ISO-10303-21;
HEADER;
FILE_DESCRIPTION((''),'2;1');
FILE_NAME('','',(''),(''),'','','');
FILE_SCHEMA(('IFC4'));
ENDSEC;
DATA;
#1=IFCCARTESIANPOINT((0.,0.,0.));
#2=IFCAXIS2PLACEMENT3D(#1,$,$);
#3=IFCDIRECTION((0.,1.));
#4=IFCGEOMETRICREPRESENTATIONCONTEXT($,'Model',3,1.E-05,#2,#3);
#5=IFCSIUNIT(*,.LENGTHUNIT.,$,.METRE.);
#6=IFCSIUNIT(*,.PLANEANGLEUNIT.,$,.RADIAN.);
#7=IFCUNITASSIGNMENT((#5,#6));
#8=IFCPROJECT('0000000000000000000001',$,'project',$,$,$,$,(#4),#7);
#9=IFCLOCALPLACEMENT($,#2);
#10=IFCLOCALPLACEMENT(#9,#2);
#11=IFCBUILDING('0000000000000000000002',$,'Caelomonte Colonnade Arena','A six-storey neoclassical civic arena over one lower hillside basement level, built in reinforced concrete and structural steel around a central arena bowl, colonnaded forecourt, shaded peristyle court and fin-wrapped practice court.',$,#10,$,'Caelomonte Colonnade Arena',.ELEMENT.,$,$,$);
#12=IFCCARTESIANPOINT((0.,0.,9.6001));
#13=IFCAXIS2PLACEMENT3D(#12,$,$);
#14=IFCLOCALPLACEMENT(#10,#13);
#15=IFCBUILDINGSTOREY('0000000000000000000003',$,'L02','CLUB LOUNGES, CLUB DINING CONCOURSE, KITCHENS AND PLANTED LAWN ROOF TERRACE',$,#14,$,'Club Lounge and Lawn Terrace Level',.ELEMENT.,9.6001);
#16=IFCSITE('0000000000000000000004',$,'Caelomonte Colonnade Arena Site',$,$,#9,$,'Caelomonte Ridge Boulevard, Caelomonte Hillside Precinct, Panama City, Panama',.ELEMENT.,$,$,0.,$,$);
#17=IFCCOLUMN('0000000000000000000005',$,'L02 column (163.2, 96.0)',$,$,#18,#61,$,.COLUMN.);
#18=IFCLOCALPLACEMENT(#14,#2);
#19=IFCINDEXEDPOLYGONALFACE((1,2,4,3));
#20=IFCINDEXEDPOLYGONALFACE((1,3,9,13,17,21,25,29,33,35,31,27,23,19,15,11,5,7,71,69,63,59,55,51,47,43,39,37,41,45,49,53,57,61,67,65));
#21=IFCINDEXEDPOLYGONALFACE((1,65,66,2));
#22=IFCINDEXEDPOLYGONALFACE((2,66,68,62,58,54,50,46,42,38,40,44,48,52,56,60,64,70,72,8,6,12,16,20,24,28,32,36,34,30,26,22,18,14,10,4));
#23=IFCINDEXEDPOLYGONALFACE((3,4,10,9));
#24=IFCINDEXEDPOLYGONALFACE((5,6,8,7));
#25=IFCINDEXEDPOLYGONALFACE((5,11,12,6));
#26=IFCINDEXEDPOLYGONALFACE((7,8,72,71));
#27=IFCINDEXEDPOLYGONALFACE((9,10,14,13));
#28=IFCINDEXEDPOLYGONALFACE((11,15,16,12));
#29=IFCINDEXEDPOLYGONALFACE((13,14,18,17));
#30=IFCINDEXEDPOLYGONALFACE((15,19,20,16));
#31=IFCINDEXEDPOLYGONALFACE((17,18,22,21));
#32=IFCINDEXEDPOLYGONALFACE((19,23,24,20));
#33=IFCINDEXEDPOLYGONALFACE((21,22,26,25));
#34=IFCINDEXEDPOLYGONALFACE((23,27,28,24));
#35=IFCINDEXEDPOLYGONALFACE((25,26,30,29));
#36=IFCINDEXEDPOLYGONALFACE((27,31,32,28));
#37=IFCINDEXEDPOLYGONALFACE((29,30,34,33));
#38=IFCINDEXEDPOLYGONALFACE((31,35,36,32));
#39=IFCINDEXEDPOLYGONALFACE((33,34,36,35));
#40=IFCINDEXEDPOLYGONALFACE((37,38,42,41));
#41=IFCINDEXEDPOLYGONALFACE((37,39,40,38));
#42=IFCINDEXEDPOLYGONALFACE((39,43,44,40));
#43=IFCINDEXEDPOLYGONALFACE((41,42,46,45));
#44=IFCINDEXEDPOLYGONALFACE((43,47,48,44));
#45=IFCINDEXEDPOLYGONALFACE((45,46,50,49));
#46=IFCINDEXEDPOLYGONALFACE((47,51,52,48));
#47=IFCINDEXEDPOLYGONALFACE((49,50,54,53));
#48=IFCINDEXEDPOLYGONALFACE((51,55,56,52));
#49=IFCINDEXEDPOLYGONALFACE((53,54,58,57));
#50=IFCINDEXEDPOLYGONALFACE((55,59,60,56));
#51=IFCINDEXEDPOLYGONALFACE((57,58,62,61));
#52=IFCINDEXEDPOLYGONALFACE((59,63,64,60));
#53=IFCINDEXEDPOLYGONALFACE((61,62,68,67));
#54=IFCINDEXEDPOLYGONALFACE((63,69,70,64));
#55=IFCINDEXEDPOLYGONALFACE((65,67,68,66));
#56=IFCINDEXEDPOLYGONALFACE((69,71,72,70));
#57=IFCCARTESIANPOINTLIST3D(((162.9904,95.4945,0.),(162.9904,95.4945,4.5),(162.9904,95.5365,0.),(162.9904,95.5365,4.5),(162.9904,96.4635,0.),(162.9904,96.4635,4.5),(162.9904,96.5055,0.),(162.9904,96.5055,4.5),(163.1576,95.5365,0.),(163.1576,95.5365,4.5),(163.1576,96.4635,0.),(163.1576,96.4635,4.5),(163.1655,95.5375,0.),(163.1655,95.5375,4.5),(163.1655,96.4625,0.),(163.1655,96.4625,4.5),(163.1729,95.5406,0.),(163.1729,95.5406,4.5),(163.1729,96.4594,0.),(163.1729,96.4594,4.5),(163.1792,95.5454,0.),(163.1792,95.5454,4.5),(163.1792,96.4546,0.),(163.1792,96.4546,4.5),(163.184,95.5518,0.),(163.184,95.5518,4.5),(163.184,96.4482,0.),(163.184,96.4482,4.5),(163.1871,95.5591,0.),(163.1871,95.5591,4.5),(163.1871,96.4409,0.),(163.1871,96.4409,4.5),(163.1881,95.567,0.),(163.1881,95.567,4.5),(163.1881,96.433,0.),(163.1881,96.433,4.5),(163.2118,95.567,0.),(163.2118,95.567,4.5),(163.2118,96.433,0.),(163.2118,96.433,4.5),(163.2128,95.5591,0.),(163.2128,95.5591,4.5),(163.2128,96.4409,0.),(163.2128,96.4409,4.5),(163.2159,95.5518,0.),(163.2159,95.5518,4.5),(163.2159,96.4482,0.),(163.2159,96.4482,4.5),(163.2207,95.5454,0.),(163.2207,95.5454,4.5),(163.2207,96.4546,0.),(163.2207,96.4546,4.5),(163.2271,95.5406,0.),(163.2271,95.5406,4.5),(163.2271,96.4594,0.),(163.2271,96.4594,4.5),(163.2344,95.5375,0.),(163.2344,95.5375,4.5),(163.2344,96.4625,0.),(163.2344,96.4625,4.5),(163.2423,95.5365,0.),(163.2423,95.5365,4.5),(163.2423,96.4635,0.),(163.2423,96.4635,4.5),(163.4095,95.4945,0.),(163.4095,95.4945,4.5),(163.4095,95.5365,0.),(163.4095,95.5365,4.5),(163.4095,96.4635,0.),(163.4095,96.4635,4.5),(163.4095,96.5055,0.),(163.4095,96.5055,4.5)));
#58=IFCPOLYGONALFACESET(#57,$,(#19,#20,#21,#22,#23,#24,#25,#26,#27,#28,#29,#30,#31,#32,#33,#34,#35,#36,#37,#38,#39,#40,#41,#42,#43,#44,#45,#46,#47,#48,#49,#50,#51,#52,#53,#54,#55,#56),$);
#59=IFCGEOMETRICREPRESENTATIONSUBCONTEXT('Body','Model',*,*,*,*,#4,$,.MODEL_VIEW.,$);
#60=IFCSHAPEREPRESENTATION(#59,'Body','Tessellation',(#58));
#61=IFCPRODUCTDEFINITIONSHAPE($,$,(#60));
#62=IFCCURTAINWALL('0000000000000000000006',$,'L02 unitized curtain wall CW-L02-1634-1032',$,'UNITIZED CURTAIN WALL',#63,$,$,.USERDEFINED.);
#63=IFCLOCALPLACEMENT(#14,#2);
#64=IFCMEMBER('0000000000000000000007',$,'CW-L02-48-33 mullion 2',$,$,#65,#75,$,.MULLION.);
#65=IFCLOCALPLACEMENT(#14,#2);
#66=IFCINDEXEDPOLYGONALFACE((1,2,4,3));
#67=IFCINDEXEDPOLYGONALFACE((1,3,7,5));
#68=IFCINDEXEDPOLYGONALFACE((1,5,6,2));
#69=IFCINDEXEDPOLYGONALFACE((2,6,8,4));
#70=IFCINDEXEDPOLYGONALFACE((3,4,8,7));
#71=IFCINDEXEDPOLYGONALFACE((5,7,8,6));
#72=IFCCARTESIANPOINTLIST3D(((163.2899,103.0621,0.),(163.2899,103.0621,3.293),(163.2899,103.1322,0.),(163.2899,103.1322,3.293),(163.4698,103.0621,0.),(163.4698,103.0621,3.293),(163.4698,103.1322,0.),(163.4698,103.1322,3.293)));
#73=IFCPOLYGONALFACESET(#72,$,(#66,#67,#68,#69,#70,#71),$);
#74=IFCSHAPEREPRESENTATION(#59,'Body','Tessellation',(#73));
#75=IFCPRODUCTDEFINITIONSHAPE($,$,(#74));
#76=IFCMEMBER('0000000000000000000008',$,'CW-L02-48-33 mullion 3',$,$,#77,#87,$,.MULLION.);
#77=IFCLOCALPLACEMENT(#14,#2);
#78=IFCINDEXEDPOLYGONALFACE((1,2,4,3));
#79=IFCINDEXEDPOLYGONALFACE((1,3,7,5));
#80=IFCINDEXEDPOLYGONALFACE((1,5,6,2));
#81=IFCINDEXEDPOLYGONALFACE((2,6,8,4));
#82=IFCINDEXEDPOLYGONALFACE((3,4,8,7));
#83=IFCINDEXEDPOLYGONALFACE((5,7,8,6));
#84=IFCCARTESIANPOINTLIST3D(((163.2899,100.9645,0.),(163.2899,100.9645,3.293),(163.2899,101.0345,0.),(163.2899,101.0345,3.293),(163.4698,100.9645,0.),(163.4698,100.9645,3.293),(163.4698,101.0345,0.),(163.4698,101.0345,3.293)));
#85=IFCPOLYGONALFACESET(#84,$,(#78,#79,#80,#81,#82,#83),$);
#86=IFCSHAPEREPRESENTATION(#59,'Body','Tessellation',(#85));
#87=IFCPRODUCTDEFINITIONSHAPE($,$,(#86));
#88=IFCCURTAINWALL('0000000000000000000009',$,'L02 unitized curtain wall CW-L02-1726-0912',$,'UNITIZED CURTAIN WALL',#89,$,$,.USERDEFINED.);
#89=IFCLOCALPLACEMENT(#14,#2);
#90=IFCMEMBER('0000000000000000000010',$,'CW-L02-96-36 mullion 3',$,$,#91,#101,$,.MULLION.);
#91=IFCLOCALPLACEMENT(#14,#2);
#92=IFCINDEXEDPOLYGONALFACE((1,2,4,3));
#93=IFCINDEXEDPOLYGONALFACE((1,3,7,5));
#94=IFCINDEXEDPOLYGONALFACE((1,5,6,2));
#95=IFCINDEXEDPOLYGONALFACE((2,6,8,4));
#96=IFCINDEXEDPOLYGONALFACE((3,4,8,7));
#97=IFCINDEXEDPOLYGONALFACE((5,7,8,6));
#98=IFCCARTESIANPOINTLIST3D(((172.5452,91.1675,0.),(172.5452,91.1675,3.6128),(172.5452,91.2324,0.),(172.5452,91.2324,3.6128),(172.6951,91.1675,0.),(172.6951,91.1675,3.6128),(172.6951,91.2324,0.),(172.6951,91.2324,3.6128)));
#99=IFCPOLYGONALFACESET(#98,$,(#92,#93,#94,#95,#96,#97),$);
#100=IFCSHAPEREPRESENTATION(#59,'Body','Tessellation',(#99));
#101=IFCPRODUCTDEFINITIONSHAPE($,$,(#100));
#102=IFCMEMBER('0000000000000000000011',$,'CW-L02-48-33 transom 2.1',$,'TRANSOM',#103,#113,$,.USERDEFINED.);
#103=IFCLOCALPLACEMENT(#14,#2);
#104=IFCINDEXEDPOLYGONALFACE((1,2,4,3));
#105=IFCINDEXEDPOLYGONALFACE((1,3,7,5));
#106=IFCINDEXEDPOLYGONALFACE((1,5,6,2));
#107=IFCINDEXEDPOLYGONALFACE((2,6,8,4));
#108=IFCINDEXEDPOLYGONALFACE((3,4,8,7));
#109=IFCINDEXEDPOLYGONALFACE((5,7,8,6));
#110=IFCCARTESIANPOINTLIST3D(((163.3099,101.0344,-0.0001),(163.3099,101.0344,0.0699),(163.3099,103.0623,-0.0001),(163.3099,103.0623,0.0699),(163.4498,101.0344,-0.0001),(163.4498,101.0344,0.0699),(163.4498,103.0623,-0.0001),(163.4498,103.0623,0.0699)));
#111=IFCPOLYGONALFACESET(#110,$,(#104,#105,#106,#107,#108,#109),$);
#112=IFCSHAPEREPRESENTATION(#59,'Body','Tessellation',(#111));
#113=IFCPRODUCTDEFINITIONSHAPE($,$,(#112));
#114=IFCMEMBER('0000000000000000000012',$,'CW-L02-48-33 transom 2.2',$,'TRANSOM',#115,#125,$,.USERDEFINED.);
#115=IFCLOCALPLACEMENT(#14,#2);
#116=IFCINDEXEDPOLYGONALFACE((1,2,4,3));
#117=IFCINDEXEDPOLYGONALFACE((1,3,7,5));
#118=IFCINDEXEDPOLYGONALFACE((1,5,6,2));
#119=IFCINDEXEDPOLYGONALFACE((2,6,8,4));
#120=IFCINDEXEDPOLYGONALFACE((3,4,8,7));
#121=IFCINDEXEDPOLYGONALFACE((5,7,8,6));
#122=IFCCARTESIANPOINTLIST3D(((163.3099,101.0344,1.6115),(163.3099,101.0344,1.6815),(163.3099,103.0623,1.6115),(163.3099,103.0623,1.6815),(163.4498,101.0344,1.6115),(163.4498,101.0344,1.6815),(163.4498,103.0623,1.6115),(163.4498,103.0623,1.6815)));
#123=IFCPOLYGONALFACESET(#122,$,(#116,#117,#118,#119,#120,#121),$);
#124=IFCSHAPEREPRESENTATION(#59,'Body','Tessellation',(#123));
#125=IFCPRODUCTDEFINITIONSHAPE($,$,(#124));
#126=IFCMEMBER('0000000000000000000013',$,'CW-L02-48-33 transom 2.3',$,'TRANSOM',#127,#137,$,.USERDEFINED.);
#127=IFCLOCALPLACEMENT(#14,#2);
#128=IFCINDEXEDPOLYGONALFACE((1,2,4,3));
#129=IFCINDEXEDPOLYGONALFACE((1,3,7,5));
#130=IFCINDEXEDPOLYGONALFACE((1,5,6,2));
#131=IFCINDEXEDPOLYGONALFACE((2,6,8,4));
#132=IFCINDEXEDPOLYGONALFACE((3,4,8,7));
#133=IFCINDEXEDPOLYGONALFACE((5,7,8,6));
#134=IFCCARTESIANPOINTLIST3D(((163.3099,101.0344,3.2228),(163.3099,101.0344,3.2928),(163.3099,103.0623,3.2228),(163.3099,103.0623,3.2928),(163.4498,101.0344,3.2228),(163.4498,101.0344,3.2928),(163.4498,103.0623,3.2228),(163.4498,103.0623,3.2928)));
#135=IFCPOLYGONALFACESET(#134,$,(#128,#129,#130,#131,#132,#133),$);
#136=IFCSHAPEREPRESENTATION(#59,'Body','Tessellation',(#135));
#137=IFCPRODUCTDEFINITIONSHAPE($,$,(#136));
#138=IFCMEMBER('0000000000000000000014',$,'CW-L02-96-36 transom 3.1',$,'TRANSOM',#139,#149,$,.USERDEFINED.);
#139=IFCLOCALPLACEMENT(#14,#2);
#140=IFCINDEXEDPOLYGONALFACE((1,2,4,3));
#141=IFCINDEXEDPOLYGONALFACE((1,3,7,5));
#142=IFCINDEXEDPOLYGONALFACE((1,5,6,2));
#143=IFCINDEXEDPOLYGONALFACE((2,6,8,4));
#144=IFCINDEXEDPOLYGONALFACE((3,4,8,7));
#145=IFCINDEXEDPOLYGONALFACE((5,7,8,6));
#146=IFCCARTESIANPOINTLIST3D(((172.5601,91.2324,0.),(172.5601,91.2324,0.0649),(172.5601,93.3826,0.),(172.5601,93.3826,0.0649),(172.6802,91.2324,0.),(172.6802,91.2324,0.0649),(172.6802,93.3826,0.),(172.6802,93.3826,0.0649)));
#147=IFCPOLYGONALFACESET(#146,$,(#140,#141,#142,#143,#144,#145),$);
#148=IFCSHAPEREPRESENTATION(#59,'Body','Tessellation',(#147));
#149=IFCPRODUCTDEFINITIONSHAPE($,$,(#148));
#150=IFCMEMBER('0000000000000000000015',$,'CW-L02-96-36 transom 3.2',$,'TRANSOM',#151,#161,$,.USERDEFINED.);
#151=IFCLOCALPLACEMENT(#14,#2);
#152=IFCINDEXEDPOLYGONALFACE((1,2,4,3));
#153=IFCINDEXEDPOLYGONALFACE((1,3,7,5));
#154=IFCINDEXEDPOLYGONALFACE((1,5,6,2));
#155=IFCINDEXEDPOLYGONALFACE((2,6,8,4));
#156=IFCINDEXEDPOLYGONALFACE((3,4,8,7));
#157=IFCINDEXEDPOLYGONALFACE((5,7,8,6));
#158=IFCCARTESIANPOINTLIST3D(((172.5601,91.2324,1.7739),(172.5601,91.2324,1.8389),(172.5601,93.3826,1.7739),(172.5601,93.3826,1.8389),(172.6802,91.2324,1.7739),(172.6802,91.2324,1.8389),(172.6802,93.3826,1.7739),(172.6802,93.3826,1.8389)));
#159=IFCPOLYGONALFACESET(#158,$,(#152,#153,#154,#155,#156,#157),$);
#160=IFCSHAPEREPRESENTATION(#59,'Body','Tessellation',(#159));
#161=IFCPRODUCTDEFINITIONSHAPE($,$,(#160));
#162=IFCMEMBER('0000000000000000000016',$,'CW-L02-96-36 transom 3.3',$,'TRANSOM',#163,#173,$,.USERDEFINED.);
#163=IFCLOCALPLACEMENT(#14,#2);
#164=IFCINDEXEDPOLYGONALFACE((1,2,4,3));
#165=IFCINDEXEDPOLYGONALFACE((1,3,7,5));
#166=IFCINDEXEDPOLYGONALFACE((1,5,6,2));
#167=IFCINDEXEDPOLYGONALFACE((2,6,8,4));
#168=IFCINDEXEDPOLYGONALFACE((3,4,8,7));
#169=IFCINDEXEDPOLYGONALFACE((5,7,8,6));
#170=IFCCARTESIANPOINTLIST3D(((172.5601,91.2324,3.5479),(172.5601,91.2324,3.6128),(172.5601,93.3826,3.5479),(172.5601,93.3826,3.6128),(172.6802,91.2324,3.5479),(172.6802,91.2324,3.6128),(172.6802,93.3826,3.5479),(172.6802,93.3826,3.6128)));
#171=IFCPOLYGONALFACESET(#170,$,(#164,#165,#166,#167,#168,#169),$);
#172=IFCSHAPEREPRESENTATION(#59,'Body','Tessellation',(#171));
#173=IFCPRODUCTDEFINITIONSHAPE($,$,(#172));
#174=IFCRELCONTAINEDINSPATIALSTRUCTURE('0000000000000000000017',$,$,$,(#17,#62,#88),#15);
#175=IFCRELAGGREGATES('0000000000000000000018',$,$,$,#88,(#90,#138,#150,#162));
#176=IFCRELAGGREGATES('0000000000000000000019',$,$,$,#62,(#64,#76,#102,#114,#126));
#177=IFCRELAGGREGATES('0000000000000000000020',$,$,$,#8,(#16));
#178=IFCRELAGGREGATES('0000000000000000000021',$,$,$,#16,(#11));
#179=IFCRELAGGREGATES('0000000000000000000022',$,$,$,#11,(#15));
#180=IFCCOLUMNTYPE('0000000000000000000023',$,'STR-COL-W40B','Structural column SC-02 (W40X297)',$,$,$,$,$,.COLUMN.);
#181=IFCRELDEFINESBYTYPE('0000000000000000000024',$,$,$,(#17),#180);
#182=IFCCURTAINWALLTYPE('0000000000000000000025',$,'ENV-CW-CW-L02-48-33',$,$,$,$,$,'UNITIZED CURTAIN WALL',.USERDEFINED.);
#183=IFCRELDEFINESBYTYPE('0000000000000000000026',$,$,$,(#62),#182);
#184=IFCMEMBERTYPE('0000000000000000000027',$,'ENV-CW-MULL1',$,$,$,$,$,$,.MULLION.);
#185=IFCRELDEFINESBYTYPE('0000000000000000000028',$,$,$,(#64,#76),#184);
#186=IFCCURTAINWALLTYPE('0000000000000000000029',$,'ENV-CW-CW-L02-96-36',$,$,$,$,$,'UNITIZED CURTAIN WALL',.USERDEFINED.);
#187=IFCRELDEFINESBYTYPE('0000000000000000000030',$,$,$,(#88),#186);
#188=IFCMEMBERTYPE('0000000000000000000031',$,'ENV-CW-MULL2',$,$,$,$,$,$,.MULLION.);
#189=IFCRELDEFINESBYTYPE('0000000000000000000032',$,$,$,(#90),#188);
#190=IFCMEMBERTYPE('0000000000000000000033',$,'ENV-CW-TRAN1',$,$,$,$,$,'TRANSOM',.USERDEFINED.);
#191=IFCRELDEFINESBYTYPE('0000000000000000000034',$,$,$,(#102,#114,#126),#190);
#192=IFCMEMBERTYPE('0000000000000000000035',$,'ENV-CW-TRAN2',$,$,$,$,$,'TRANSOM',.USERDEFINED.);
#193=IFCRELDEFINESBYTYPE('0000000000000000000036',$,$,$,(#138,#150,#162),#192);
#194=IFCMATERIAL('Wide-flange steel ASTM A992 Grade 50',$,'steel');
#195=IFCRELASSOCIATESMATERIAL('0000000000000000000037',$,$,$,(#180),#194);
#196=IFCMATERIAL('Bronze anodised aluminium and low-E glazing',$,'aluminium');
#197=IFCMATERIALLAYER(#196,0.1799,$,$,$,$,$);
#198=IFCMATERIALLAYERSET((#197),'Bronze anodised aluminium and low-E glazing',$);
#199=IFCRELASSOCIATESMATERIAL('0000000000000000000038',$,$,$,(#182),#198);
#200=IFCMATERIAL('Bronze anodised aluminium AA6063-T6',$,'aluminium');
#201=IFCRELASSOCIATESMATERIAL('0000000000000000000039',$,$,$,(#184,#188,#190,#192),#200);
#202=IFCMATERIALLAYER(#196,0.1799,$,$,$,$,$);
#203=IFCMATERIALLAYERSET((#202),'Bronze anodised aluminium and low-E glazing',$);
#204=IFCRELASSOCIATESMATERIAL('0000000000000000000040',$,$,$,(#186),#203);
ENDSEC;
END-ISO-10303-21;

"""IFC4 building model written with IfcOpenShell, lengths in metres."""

from ifc_helpers import new_model, si_unit, direction, frame, origin, origin_2d, place, context, subcontext, project, spatial, rectangle, i_section, extrude, material, layer, layer_set, material_profile, profile_set, type_object, element, aggregate, save


model = new_model("IFC4")

# Units and contexts
model_context = context("Model", 3, precision=1e-05, world=origin(), true_north=direction((0.0, 1.0)))
body_context = subcontext(model_context, "Body", "Model", "MODEL_VIEW")
ifc_project = project(units=[si_unit("LENGTHUNIT", "METRE"), si_unit("PLANEANGLEUNIT", "RADIAN")], contexts=[model_context])

# Site, building, storey
site_placement = place(None, origin())
site = spatial("IfcSite", under=ifc_project, at=site_placement, Name="Caelomonte Colonnade Arena Site", LongName="Caelomonte Ridge Boulevard, Caelomonte Hillside Precinct, Panama City, Panama", CompositionType="ELEMENT", RefElevation=0.0)
building_placement = place(site_placement, origin())
building = spatial("IfcBuilding", under=site, at=building_placement, Name="Caelomonte Colonnade Arena", Description="A six-storey neoclassical civic arena over one lower hillside basement level, built in reinforced concrete and structural steel around a central arena bowl, colonnaded forecourt, shaded peristyle court and fin-wrapped practice court.", LongName="Caelomonte Colonnade Arena", CompositionType="ELEMENT")
storey_placement = place(building_placement, frame((0.0, 0.0, 9.6001)))
storey = spatial("IfcBuildingStorey", under=building, at=storey_placement, Name="L02", Description="CLUB LOUNGES, CLUB DINING CONCOURSE, KITCHENS AND PLANTED LAWN ROOF TERRACE", LongName="Club Lounge and Lawn Terrace Level", CompositionType="ELEMENT", Elevation=9.6001)

# Column
ifc_material_1 = material(Name="Wide-flange steel ASTM A992 Grade 50", Category="steel")
ifc_material_profile_1 = material_profile(ifc_material_1, i_section(OverallWidth=0.4192, OverallDepth=1.011, WebThickness=0.0237, FlangeThickness=0.042, FilletRadius=0.0305, at=origin_2d()), Name="W40X297")
ifc_profile_set_1 = profile_set([ifc_material_profile_1], Name="Wide-flange steel ASTM A992 Grade 50")
column_type = type_object("IfcColumnType", Name="STR-COL-W40B", Description="Structural column SC-02 (W40X297)", PredefinedType="COLUMN", material=ifc_profile_set_1)
column_placement = place(storey_placement, frame((163.2, 96.0, 0.0), z_axis=(0.0, 0.0, 1.0), x_axis=(1.0, 0.0, 0.0)))
element("IfcColumn", 1, at=column_placement, inside=storey, type_object=column_type, Name="L02 column (163.2, 96.0)", PredefinedType="COLUMN", context=body_context, shape_type="SweptSolid", body=[
    extrude(i_section(OverallWidth=0.4192, OverallDepth=1.011, WebThickness=0.0237, FlangeThickness=0.042, FilletRadius=0.0305, at=origin_2d()), origin(), (0.0, 0.0, 1.0), 4.5),
])

# Curtain wall, members
ifc_material_2 = material(Name="Bronze anodised aluminium and low-E glazing", Category="aluminium")
ifc_layer_1 = layer(ifc_material_2, 0.1799)
ifc_layer_set_1 = layer_set([ifc_layer_1], Name="Bronze anodised aluminium and low-E glazing")
curtain_wall_type_1 = type_object("IfcCurtainWallType", Name="ENV-CW-CW-L02-48-33", ElementType="UNITIZED CURTAIN WALL", PredefinedType="USERDEFINED", material=ifc_layer_set_1)
curtain_wall_1_placement = place(storey_placement, origin())
curtain_wall_1 = element("IfcCurtainWall", 2, at=curtain_wall_1_placement, inside=storey, type_object=curtain_wall_type_1, Name="L02 unitized curtain wall CW-L02-1634-1032", ObjectType="UNITIZED CURTAIN WALL", PredefinedType="USERDEFINED")
ifc_material_3 = material(Name="Bronze anodised aluminium AA6063-T6", Category="aluminium")
ifc_material_profile_2 = material_profile(ifc_material_3, rectangle(XDim=0.0701, YDim=0.1799, at=origin_2d()), Name="CWM-70X180")
ifc_profile_set_2 = profile_set([ifc_material_profile_2], Name="Bronze anodised aluminium AA6063-T6")
member_type_1 = type_object("IfcMemberType", Name="ENV-CW-MULL1", PredefinedType="MULLION", material=ifc_profile_set_2)
member_1_placement = place(storey_placement, frame((163.3799, 103.0972, 0.0), z_axis=(0.0, 0.0, 1.0), x_axis=(0.0, -1.0, 0.0)))
member_1 = element("IfcMember", 3, at=member_1_placement, type_object=member_type_1, Name="CW-L02-48-33 mullion 2", PredefinedType="MULLION", context=body_context, shape_type="SweptSolid", body=[
    extrude(rectangle(XDim=0.0701, YDim=0.1799, at=origin_2d()), origin(), (0.0, 0.0, 1.0), 3.293),
])
member_2_placement = place(storey_placement, frame((163.3799, 100.9995, 0.0), z_axis=(0.0, 0.0, 1.0), x_axis=(0.0, -1.0, 0.0)))
member_2 = element("IfcMember", 4, at=member_2_placement, type_object=member_type_1, Name="CW-L02-48-33 mullion 3", PredefinedType="MULLION", context=body_context, shape_type="SweptSolid", body=[
    extrude(rectangle(XDim=0.0701, YDim=0.1799, at=origin_2d()), origin(), (0.0, 0.0, 1.0), 3.293),
])

# Curtain wall, member
ifc_layer_2 = layer(ifc_material_2, 0.1799)
ifc_layer_set_2 = layer_set([ifc_layer_2], Name="Bronze anodised aluminium and low-E glazing")
curtain_wall_type_2 = type_object("IfcCurtainWallType", Name="ENV-CW-CW-L02-96-36", ElementType="UNITIZED CURTAIN WALL", PredefinedType="USERDEFINED", material=ifc_layer_set_2)
curtain_wall_2_placement = place(storey_placement, origin())
curtain_wall_2 = element("IfcCurtainWall", 5, at=curtain_wall_2_placement, inside=storey, type_object=curtain_wall_type_2, Name="L02 unitized curtain wall CW-L02-1726-0912", ObjectType="UNITIZED CURTAIN WALL", PredefinedType="USERDEFINED")
ifc_material_profile_3 = material_profile(ifc_material_3, rectangle(XDim=0.0649, YDim=0.1499, at=origin_2d()), Name="CWM-65X150")
ifc_profile_set_3 = profile_set([ifc_material_profile_3], Name="Bronze anodised aluminium AA6063-T6")
member_type_2 = type_object("IfcMemberType", Name="ENV-CW-MULL2", PredefinedType="MULLION", material=ifc_profile_set_3)
member_3_placement = place(storey_placement, frame((172.6201, 91.2, 0.0), z_axis=(0.0, 0.0, 1.0), x_axis=(0.0, 1.0, 0.0)))
member_3 = element("IfcMember", 6, at=member_3_placement, type_object=member_type_2, Name="CW-L02-96-36 mullion 3", PredefinedType="MULLION", context=body_context, shape_type="SweptSolid", body=[
    extrude(rectangle(XDim=0.0649, YDim=0.1499, at=origin_2d()), origin(), (0.0, 0.0, 1.0), 3.6128),
])

# Members
ifc_material_profile_4 = material_profile(ifc_material_3, rectangle(XDim=0.0701, YDim=0.1399, at=origin_2d()), Name="CWT-70X140")
ifc_profile_set_4 = profile_set([ifc_material_profile_4], Name="Bronze anodised aluminium AA6063-T6")
member_type_3 = type_object("IfcMemberType", Name="ENV-CW-TRAN1", ElementType="TRANSOM", PredefinedType="USERDEFINED", material=ifc_profile_set_4)
member_4_placement = place(storey_placement, frame((163.3799, 103.0623, 0.0349), z_axis=(0.0, -1.0, 0.0), x_axis=(0.0, 0.0, 1.0)))
member_4 = element("IfcMember", 7, at=member_4_placement, type_object=member_type_3, Name="CW-L02-48-33 transom 2.1", ObjectType="TRANSOM", PredefinedType="USERDEFINED", context=body_context, shape_type="SweptSolid", body=[
    extrude(rectangle(XDim=0.0701, YDim=0.1399, at=origin_2d()), origin(), (0.0, 0.0, 1.0), 2.0278),
])
member_5_placement = place(storey_placement, frame((163.3799, 103.0623, 1.6465), z_axis=(0.0, -1.0, 0.0), x_axis=(0.0, 0.0, 1.0)))
member_5 = element("IfcMember", 8, at=member_5_placement, type_object=member_type_3, Name="CW-L02-48-33 transom 2.2", ObjectType="TRANSOM", PredefinedType="USERDEFINED", context=body_context, shape_type="SweptSolid", body=[
    extrude(rectangle(XDim=0.0701, YDim=0.1399, at=origin_2d()), origin(), (0.0, 0.0, 1.0), 2.0278),
])
member_6_placement = place(storey_placement, frame((163.3799, 103.0623, 3.2578), z_axis=(0.0, -1.0, 0.0), x_axis=(0.0, 0.0, 1.0)))
member_6 = element("IfcMember", 9, at=member_6_placement, type_object=member_type_3, Name="CW-L02-48-33 transom 2.3", ObjectType="TRANSOM", PredefinedType="USERDEFINED", context=body_context, shape_type="SweptSolid", body=[
    extrude(rectangle(XDim=0.0701, YDim=0.1399, at=origin_2d()), origin(), (0.0, 0.0, 1.0), 2.0278),
])
ifc_material_profile_5 = material_profile(ifc_material_3, rectangle(XDim=0.0649, YDim=0.1201, at=origin_2d()), Name="CWT-65X120")
ifc_profile_set_5 = profile_set([ifc_material_profile_5], Name="Bronze anodised aluminium AA6063-T6")
member_type_4 = type_object("IfcMemberType", Name="ENV-CW-TRAN2", ElementType="TRANSOM", PredefinedType="USERDEFINED", material=ifc_profile_set_5)
member_7_placement = place(storey_placement, frame((172.6201, 91.2324, 0.0325), z_axis=(0.0, 1.0, 0.0), x_axis=(0.0, 0.0, 1.0)))
member_7 = element("IfcMember", 10, at=member_7_placement, type_object=member_type_4, Name="CW-L02-96-36 transom 3.1", ObjectType="TRANSOM", PredefinedType="USERDEFINED", context=body_context, shape_type="SweptSolid", body=[
    extrude(rectangle(XDim=0.0649, YDim=0.1201, at=origin_2d()), origin(), (0.0, 0.0, 1.0), 2.1501),
])
member_8_placement = place(storey_placement, frame((172.6201, 91.2324, 1.8064), z_axis=(0.0, 1.0, 0.0), x_axis=(0.0, 0.0, 1.0)))
member_8 = element("IfcMember", 11, at=member_8_placement, type_object=member_type_4, Name="CW-L02-96-36 transom 3.2", ObjectType="TRANSOM", PredefinedType="USERDEFINED", context=body_context, shape_type="SweptSolid", body=[
    extrude(rectangle(XDim=0.0649, YDim=0.1201, at=origin_2d()), origin(), (0.0, 0.0, 1.0), 2.1501),
])
member_9_placement = place(storey_placement, frame((172.6201, 91.2324, 3.5803), z_axis=(0.0, 1.0, 0.0), x_axis=(0.0, 0.0, 1.0)))
member_9 = element("IfcMember", 12, at=member_9_placement, type_object=member_type_4, Name="CW-L02-96-36 transom 3.3", ObjectType="TRANSOM", PredefinedType="USERDEFINED", context=body_context, shape_type="SweptSolid", body=[
    extrude(rectangle(XDim=0.0649, YDim=0.1201, at=origin_2d()), origin(), (0.0, 0.0, 1.0), 2.1501),
])

aggregate(curtain_wall_2, [member_3, member_7, member_8, member_9])
aggregate(curtain_wall_1, [member_1, member_2, member_4, member_5, member_6])

save(model, "model.ifc")
